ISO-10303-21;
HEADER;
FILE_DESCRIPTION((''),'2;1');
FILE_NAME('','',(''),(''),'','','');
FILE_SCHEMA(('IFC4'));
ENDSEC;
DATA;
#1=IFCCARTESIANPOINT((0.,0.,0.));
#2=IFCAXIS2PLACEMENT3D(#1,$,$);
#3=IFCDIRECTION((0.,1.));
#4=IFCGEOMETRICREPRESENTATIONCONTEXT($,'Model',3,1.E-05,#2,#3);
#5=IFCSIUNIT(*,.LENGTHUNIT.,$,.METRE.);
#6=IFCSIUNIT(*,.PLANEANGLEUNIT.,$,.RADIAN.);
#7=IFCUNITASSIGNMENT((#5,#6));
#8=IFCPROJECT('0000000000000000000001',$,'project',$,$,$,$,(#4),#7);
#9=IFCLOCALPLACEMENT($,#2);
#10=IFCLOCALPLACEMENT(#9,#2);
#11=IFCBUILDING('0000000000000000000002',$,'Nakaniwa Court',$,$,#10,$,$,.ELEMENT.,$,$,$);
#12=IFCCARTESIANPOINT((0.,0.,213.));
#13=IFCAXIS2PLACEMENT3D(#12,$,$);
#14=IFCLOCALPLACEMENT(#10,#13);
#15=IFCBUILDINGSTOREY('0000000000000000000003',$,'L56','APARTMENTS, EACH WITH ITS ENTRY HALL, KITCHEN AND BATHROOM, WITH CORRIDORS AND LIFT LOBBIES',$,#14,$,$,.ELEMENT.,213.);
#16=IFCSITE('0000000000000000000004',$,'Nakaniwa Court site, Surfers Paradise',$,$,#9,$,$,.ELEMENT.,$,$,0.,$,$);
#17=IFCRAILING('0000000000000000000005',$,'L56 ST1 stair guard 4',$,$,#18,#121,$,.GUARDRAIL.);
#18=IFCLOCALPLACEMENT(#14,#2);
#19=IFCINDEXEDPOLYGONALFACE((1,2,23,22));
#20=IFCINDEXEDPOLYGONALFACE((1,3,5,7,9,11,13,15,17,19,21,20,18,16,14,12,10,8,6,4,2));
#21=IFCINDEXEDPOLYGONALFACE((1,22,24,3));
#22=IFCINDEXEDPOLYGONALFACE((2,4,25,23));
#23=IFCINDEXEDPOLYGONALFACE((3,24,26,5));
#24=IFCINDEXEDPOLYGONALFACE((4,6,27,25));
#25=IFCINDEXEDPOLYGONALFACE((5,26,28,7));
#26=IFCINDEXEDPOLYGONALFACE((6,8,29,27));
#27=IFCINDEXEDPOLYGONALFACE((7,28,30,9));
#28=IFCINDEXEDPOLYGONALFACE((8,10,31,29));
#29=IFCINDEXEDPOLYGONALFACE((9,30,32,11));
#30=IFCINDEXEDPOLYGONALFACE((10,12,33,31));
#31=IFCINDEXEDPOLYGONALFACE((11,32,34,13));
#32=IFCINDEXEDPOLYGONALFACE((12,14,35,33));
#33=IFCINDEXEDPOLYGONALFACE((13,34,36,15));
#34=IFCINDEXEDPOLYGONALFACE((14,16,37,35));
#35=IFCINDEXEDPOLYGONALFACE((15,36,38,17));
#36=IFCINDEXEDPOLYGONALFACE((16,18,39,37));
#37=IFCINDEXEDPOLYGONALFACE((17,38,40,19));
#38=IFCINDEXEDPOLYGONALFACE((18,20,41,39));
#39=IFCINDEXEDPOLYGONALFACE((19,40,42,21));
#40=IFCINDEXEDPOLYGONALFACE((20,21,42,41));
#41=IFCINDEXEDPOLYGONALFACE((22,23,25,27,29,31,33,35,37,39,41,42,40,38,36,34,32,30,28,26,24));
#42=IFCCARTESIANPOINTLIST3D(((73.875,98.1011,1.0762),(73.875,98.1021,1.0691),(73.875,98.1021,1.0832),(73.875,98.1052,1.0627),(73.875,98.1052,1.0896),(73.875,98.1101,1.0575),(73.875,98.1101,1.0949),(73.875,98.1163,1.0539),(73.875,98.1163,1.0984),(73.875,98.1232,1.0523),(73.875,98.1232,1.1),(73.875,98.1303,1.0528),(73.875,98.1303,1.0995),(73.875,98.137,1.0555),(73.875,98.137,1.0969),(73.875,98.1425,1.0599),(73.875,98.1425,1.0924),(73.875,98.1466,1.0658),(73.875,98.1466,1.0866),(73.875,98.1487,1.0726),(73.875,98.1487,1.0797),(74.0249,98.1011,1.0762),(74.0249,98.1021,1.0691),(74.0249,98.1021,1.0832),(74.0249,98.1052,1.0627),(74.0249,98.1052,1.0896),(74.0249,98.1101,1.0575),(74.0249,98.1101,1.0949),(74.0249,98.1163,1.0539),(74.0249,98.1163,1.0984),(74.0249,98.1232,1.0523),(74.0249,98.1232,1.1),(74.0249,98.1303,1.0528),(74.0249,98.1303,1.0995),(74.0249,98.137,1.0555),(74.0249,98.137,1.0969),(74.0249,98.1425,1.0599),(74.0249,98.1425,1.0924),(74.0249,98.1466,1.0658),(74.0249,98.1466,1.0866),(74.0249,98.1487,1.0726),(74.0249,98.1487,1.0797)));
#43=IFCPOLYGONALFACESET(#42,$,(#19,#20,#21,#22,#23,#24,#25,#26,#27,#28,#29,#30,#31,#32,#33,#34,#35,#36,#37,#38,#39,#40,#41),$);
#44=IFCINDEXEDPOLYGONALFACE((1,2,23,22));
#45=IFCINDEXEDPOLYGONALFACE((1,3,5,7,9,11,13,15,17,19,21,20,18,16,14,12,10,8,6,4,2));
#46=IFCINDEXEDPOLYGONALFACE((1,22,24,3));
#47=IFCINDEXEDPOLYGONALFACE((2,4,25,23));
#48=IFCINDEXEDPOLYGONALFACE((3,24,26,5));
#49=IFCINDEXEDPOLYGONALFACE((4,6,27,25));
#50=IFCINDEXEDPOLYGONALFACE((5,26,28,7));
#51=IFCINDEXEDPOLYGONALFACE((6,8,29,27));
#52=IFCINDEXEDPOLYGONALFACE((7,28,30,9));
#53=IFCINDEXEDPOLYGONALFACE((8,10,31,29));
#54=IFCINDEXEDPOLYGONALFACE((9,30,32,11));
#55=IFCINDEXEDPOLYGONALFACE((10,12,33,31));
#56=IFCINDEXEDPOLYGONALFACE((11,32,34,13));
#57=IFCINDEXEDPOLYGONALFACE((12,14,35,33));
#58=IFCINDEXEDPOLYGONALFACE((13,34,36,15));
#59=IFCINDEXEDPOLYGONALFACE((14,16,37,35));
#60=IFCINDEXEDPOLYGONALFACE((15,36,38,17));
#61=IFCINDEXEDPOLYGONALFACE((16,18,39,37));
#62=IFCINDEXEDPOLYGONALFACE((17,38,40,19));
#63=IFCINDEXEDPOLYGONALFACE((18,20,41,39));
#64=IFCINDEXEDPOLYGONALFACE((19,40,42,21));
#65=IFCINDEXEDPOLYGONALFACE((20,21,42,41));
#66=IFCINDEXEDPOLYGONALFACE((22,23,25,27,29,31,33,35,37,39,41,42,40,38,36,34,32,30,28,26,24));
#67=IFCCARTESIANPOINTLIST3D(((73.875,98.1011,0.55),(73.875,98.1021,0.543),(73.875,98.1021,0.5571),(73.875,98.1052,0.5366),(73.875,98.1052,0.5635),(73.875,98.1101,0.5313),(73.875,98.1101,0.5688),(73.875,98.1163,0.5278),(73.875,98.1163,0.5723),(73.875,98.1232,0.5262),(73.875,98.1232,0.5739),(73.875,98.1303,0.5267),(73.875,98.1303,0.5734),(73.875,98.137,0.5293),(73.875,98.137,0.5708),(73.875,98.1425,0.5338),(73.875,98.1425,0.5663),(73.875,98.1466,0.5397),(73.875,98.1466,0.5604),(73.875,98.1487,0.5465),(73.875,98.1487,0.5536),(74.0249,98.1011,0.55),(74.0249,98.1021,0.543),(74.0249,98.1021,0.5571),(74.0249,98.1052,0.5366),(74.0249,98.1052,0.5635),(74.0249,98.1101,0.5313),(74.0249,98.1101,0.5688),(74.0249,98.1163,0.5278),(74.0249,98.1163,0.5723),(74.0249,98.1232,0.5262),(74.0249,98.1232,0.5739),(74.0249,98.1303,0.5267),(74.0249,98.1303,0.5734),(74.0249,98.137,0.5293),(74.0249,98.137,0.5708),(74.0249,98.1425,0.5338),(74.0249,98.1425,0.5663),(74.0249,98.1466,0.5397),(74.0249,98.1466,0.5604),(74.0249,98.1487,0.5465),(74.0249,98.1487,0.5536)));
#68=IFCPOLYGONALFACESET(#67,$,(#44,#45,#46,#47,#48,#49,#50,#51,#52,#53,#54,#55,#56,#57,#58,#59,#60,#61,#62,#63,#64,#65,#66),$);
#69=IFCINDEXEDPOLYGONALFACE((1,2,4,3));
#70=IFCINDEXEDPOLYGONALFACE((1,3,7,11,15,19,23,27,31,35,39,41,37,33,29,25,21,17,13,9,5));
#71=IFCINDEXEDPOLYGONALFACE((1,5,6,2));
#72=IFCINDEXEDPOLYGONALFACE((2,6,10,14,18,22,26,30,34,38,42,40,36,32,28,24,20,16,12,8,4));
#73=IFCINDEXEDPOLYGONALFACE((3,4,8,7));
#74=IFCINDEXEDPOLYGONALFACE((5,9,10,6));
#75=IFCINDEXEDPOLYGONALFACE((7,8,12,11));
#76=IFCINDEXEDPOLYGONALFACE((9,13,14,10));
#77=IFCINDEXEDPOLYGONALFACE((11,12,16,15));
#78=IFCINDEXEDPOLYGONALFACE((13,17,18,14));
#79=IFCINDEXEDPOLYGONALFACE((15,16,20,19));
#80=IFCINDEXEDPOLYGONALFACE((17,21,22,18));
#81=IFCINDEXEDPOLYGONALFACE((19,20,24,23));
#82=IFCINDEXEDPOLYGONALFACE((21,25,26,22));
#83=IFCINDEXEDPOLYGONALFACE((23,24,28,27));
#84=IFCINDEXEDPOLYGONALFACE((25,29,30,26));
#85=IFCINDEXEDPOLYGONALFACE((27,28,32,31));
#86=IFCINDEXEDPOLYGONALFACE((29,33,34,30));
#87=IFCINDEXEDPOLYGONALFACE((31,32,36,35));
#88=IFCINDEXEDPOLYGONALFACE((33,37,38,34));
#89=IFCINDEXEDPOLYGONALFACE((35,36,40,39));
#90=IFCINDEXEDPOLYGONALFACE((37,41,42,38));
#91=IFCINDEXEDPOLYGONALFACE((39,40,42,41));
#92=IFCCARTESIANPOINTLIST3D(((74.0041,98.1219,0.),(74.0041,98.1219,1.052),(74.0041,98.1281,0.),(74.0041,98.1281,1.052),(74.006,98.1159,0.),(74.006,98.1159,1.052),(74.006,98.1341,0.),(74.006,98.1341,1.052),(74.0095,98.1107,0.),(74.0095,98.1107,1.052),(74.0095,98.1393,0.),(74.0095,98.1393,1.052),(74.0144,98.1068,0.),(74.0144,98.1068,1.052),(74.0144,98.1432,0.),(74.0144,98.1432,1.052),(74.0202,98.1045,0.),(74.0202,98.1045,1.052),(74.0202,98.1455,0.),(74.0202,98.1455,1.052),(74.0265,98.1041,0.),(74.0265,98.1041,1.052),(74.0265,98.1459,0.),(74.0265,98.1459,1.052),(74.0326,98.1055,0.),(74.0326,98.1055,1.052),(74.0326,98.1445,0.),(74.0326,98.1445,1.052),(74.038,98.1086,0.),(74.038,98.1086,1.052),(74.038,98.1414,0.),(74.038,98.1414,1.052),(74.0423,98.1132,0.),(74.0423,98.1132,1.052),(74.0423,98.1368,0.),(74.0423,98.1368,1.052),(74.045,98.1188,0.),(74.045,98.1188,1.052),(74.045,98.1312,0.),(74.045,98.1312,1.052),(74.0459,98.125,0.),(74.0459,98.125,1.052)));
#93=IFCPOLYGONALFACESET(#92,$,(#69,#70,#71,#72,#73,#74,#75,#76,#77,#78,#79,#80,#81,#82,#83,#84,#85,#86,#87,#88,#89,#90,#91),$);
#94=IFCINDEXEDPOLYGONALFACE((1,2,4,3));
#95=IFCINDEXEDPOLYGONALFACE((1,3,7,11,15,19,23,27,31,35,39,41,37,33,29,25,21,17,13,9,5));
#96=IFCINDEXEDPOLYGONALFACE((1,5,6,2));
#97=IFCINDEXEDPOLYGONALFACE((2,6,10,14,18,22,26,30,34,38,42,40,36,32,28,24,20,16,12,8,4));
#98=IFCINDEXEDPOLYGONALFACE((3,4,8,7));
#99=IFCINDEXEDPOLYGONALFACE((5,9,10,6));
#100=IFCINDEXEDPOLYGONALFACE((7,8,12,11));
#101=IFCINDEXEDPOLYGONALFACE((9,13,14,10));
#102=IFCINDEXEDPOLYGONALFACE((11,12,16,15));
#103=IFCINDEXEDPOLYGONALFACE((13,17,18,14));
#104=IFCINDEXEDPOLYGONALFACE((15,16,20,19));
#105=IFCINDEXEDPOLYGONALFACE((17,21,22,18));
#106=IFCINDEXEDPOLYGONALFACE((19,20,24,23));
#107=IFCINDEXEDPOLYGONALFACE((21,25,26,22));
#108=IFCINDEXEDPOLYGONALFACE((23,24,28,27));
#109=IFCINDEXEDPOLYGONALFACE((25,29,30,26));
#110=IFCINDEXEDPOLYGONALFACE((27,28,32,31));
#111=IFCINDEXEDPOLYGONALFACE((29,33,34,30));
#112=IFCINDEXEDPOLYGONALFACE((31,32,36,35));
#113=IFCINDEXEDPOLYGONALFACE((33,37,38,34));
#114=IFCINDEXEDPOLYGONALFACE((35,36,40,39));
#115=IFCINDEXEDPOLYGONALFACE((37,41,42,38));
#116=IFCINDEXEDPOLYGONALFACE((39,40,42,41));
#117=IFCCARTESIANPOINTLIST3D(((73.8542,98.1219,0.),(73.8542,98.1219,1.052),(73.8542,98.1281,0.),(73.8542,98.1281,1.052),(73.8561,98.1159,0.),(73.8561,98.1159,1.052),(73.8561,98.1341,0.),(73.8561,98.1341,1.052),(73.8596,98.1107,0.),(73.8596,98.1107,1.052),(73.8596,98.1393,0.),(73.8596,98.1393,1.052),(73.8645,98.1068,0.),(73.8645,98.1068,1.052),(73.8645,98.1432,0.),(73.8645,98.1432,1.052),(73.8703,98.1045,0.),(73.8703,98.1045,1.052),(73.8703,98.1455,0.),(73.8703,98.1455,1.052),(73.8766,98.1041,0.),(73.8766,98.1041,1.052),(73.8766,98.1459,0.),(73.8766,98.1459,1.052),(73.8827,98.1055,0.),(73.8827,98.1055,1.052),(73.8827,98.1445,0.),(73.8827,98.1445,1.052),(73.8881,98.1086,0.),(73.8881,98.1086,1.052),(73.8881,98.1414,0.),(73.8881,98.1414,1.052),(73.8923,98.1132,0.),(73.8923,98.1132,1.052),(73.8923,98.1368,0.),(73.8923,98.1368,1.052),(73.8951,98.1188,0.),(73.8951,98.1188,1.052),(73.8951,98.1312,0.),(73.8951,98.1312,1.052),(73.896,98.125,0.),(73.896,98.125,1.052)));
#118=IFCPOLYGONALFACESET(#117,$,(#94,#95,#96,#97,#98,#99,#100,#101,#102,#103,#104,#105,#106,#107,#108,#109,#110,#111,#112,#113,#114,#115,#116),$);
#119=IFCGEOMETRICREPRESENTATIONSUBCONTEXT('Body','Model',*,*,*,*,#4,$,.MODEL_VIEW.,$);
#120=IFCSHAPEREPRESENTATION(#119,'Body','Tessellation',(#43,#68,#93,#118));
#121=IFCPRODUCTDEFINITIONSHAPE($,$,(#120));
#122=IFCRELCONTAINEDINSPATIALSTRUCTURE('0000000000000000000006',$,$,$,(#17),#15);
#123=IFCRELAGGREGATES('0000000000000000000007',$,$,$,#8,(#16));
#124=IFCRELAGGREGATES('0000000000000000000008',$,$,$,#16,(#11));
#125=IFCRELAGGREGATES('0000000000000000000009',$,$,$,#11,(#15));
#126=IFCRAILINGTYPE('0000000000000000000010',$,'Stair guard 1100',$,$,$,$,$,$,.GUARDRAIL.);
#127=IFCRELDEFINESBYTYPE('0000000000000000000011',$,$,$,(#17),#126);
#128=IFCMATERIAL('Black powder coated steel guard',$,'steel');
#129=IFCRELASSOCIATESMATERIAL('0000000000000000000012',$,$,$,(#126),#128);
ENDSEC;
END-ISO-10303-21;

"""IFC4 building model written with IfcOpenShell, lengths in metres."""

from ifc_helpers import new_model, si_unit, direction, frame, origin, origin_2d, place, context, subcontext, project, spatial, circle, extrude, material, type_object, element, save


model = new_model("IFC4")

# Units and contexts
model_context = context("Model", 3, precision=1e-05, world=origin(), true_north=direction((0.0, 1.0)))
body_context = subcontext(model_context, "Body", "Model", "MODEL_VIEW")
ifc_project = project(units=[si_unit("LENGTHUNIT", "METRE"), si_unit("PLANEANGLEUNIT", "RADIAN")], contexts=[model_context])

# Site, building, storey
site_placement = place(None, origin())
site = spatial("IfcSite", under=ifc_project, at=site_placement, Name="Nakaniwa Court site, Surfers Paradise", CompositionType="ELEMENT", RefElevation=0.0)
building_placement = place(site_placement, origin())
building = spatial("IfcBuilding", under=site, at=building_placement, Name="Nakaniwa Court", CompositionType="ELEMENT")
storey_placement = place(building_placement, frame((0.0, 0.0, 213.0)))
storey = spatial("IfcBuildingStorey", under=building, at=storey_placement, Name="L56", Description="APARTMENTS, EACH WITH ITS ENTRY HALL, KITCHEN AND BATHROOM, WITH CORRIDORS AND LIFT LOBBIES", CompositionType="ELEMENT", Elevation=213.0)

# Railing
ifc_material_1 = material(Name="Black powder coated steel guard", Category="steel")
railing_type_1 = type_object("IfcRailingType", Name="Stair guard 1100", PredefinedType="GUARDRAIL", material=ifc_material_1)
railing_1_placement = place(storey_placement, frame((74.0249, 98.125, 0.0)))
element("IfcRailing", 1, at=railing_1_placement, inside=storey, type_object=railing_type_1, Name="L56 ST1 stair guard 4", PredefinedType="GUARDRAIL", context=body_context, shape_type="SweptSolid", body=[
    extrude(circle(Radius=0.0239, at=origin_2d()), frame((0.0, 0.0, 1.0762), z_axis=(-1.0, 0.0, 0.0), x_axis=(0.0, -1.0, 0.0)), (0.0, 0.0, 1.0), 0.1499),
    extrude(circle(Radius=0.0239, at=origin_2d()), frame((0.0, 0.0, 0.55), z_axis=(-1.0, 0.0, 0.0), x_axis=(0.0, -1.0, 0.0)), (0.0, 0.0, 1.0), 0.1499),
    extrude(circle(Radius=0.021, at=origin_2d()), origin(), (0.0, 0.0, 1.0), 1.052),
    extrude(circle(Radius=0.021, at=origin_2d()), frame((-0.1499, 0.0, 0.0)), (0.0, 0.0, 1.0), 1.052),
])

save(model, "model.ifc")
